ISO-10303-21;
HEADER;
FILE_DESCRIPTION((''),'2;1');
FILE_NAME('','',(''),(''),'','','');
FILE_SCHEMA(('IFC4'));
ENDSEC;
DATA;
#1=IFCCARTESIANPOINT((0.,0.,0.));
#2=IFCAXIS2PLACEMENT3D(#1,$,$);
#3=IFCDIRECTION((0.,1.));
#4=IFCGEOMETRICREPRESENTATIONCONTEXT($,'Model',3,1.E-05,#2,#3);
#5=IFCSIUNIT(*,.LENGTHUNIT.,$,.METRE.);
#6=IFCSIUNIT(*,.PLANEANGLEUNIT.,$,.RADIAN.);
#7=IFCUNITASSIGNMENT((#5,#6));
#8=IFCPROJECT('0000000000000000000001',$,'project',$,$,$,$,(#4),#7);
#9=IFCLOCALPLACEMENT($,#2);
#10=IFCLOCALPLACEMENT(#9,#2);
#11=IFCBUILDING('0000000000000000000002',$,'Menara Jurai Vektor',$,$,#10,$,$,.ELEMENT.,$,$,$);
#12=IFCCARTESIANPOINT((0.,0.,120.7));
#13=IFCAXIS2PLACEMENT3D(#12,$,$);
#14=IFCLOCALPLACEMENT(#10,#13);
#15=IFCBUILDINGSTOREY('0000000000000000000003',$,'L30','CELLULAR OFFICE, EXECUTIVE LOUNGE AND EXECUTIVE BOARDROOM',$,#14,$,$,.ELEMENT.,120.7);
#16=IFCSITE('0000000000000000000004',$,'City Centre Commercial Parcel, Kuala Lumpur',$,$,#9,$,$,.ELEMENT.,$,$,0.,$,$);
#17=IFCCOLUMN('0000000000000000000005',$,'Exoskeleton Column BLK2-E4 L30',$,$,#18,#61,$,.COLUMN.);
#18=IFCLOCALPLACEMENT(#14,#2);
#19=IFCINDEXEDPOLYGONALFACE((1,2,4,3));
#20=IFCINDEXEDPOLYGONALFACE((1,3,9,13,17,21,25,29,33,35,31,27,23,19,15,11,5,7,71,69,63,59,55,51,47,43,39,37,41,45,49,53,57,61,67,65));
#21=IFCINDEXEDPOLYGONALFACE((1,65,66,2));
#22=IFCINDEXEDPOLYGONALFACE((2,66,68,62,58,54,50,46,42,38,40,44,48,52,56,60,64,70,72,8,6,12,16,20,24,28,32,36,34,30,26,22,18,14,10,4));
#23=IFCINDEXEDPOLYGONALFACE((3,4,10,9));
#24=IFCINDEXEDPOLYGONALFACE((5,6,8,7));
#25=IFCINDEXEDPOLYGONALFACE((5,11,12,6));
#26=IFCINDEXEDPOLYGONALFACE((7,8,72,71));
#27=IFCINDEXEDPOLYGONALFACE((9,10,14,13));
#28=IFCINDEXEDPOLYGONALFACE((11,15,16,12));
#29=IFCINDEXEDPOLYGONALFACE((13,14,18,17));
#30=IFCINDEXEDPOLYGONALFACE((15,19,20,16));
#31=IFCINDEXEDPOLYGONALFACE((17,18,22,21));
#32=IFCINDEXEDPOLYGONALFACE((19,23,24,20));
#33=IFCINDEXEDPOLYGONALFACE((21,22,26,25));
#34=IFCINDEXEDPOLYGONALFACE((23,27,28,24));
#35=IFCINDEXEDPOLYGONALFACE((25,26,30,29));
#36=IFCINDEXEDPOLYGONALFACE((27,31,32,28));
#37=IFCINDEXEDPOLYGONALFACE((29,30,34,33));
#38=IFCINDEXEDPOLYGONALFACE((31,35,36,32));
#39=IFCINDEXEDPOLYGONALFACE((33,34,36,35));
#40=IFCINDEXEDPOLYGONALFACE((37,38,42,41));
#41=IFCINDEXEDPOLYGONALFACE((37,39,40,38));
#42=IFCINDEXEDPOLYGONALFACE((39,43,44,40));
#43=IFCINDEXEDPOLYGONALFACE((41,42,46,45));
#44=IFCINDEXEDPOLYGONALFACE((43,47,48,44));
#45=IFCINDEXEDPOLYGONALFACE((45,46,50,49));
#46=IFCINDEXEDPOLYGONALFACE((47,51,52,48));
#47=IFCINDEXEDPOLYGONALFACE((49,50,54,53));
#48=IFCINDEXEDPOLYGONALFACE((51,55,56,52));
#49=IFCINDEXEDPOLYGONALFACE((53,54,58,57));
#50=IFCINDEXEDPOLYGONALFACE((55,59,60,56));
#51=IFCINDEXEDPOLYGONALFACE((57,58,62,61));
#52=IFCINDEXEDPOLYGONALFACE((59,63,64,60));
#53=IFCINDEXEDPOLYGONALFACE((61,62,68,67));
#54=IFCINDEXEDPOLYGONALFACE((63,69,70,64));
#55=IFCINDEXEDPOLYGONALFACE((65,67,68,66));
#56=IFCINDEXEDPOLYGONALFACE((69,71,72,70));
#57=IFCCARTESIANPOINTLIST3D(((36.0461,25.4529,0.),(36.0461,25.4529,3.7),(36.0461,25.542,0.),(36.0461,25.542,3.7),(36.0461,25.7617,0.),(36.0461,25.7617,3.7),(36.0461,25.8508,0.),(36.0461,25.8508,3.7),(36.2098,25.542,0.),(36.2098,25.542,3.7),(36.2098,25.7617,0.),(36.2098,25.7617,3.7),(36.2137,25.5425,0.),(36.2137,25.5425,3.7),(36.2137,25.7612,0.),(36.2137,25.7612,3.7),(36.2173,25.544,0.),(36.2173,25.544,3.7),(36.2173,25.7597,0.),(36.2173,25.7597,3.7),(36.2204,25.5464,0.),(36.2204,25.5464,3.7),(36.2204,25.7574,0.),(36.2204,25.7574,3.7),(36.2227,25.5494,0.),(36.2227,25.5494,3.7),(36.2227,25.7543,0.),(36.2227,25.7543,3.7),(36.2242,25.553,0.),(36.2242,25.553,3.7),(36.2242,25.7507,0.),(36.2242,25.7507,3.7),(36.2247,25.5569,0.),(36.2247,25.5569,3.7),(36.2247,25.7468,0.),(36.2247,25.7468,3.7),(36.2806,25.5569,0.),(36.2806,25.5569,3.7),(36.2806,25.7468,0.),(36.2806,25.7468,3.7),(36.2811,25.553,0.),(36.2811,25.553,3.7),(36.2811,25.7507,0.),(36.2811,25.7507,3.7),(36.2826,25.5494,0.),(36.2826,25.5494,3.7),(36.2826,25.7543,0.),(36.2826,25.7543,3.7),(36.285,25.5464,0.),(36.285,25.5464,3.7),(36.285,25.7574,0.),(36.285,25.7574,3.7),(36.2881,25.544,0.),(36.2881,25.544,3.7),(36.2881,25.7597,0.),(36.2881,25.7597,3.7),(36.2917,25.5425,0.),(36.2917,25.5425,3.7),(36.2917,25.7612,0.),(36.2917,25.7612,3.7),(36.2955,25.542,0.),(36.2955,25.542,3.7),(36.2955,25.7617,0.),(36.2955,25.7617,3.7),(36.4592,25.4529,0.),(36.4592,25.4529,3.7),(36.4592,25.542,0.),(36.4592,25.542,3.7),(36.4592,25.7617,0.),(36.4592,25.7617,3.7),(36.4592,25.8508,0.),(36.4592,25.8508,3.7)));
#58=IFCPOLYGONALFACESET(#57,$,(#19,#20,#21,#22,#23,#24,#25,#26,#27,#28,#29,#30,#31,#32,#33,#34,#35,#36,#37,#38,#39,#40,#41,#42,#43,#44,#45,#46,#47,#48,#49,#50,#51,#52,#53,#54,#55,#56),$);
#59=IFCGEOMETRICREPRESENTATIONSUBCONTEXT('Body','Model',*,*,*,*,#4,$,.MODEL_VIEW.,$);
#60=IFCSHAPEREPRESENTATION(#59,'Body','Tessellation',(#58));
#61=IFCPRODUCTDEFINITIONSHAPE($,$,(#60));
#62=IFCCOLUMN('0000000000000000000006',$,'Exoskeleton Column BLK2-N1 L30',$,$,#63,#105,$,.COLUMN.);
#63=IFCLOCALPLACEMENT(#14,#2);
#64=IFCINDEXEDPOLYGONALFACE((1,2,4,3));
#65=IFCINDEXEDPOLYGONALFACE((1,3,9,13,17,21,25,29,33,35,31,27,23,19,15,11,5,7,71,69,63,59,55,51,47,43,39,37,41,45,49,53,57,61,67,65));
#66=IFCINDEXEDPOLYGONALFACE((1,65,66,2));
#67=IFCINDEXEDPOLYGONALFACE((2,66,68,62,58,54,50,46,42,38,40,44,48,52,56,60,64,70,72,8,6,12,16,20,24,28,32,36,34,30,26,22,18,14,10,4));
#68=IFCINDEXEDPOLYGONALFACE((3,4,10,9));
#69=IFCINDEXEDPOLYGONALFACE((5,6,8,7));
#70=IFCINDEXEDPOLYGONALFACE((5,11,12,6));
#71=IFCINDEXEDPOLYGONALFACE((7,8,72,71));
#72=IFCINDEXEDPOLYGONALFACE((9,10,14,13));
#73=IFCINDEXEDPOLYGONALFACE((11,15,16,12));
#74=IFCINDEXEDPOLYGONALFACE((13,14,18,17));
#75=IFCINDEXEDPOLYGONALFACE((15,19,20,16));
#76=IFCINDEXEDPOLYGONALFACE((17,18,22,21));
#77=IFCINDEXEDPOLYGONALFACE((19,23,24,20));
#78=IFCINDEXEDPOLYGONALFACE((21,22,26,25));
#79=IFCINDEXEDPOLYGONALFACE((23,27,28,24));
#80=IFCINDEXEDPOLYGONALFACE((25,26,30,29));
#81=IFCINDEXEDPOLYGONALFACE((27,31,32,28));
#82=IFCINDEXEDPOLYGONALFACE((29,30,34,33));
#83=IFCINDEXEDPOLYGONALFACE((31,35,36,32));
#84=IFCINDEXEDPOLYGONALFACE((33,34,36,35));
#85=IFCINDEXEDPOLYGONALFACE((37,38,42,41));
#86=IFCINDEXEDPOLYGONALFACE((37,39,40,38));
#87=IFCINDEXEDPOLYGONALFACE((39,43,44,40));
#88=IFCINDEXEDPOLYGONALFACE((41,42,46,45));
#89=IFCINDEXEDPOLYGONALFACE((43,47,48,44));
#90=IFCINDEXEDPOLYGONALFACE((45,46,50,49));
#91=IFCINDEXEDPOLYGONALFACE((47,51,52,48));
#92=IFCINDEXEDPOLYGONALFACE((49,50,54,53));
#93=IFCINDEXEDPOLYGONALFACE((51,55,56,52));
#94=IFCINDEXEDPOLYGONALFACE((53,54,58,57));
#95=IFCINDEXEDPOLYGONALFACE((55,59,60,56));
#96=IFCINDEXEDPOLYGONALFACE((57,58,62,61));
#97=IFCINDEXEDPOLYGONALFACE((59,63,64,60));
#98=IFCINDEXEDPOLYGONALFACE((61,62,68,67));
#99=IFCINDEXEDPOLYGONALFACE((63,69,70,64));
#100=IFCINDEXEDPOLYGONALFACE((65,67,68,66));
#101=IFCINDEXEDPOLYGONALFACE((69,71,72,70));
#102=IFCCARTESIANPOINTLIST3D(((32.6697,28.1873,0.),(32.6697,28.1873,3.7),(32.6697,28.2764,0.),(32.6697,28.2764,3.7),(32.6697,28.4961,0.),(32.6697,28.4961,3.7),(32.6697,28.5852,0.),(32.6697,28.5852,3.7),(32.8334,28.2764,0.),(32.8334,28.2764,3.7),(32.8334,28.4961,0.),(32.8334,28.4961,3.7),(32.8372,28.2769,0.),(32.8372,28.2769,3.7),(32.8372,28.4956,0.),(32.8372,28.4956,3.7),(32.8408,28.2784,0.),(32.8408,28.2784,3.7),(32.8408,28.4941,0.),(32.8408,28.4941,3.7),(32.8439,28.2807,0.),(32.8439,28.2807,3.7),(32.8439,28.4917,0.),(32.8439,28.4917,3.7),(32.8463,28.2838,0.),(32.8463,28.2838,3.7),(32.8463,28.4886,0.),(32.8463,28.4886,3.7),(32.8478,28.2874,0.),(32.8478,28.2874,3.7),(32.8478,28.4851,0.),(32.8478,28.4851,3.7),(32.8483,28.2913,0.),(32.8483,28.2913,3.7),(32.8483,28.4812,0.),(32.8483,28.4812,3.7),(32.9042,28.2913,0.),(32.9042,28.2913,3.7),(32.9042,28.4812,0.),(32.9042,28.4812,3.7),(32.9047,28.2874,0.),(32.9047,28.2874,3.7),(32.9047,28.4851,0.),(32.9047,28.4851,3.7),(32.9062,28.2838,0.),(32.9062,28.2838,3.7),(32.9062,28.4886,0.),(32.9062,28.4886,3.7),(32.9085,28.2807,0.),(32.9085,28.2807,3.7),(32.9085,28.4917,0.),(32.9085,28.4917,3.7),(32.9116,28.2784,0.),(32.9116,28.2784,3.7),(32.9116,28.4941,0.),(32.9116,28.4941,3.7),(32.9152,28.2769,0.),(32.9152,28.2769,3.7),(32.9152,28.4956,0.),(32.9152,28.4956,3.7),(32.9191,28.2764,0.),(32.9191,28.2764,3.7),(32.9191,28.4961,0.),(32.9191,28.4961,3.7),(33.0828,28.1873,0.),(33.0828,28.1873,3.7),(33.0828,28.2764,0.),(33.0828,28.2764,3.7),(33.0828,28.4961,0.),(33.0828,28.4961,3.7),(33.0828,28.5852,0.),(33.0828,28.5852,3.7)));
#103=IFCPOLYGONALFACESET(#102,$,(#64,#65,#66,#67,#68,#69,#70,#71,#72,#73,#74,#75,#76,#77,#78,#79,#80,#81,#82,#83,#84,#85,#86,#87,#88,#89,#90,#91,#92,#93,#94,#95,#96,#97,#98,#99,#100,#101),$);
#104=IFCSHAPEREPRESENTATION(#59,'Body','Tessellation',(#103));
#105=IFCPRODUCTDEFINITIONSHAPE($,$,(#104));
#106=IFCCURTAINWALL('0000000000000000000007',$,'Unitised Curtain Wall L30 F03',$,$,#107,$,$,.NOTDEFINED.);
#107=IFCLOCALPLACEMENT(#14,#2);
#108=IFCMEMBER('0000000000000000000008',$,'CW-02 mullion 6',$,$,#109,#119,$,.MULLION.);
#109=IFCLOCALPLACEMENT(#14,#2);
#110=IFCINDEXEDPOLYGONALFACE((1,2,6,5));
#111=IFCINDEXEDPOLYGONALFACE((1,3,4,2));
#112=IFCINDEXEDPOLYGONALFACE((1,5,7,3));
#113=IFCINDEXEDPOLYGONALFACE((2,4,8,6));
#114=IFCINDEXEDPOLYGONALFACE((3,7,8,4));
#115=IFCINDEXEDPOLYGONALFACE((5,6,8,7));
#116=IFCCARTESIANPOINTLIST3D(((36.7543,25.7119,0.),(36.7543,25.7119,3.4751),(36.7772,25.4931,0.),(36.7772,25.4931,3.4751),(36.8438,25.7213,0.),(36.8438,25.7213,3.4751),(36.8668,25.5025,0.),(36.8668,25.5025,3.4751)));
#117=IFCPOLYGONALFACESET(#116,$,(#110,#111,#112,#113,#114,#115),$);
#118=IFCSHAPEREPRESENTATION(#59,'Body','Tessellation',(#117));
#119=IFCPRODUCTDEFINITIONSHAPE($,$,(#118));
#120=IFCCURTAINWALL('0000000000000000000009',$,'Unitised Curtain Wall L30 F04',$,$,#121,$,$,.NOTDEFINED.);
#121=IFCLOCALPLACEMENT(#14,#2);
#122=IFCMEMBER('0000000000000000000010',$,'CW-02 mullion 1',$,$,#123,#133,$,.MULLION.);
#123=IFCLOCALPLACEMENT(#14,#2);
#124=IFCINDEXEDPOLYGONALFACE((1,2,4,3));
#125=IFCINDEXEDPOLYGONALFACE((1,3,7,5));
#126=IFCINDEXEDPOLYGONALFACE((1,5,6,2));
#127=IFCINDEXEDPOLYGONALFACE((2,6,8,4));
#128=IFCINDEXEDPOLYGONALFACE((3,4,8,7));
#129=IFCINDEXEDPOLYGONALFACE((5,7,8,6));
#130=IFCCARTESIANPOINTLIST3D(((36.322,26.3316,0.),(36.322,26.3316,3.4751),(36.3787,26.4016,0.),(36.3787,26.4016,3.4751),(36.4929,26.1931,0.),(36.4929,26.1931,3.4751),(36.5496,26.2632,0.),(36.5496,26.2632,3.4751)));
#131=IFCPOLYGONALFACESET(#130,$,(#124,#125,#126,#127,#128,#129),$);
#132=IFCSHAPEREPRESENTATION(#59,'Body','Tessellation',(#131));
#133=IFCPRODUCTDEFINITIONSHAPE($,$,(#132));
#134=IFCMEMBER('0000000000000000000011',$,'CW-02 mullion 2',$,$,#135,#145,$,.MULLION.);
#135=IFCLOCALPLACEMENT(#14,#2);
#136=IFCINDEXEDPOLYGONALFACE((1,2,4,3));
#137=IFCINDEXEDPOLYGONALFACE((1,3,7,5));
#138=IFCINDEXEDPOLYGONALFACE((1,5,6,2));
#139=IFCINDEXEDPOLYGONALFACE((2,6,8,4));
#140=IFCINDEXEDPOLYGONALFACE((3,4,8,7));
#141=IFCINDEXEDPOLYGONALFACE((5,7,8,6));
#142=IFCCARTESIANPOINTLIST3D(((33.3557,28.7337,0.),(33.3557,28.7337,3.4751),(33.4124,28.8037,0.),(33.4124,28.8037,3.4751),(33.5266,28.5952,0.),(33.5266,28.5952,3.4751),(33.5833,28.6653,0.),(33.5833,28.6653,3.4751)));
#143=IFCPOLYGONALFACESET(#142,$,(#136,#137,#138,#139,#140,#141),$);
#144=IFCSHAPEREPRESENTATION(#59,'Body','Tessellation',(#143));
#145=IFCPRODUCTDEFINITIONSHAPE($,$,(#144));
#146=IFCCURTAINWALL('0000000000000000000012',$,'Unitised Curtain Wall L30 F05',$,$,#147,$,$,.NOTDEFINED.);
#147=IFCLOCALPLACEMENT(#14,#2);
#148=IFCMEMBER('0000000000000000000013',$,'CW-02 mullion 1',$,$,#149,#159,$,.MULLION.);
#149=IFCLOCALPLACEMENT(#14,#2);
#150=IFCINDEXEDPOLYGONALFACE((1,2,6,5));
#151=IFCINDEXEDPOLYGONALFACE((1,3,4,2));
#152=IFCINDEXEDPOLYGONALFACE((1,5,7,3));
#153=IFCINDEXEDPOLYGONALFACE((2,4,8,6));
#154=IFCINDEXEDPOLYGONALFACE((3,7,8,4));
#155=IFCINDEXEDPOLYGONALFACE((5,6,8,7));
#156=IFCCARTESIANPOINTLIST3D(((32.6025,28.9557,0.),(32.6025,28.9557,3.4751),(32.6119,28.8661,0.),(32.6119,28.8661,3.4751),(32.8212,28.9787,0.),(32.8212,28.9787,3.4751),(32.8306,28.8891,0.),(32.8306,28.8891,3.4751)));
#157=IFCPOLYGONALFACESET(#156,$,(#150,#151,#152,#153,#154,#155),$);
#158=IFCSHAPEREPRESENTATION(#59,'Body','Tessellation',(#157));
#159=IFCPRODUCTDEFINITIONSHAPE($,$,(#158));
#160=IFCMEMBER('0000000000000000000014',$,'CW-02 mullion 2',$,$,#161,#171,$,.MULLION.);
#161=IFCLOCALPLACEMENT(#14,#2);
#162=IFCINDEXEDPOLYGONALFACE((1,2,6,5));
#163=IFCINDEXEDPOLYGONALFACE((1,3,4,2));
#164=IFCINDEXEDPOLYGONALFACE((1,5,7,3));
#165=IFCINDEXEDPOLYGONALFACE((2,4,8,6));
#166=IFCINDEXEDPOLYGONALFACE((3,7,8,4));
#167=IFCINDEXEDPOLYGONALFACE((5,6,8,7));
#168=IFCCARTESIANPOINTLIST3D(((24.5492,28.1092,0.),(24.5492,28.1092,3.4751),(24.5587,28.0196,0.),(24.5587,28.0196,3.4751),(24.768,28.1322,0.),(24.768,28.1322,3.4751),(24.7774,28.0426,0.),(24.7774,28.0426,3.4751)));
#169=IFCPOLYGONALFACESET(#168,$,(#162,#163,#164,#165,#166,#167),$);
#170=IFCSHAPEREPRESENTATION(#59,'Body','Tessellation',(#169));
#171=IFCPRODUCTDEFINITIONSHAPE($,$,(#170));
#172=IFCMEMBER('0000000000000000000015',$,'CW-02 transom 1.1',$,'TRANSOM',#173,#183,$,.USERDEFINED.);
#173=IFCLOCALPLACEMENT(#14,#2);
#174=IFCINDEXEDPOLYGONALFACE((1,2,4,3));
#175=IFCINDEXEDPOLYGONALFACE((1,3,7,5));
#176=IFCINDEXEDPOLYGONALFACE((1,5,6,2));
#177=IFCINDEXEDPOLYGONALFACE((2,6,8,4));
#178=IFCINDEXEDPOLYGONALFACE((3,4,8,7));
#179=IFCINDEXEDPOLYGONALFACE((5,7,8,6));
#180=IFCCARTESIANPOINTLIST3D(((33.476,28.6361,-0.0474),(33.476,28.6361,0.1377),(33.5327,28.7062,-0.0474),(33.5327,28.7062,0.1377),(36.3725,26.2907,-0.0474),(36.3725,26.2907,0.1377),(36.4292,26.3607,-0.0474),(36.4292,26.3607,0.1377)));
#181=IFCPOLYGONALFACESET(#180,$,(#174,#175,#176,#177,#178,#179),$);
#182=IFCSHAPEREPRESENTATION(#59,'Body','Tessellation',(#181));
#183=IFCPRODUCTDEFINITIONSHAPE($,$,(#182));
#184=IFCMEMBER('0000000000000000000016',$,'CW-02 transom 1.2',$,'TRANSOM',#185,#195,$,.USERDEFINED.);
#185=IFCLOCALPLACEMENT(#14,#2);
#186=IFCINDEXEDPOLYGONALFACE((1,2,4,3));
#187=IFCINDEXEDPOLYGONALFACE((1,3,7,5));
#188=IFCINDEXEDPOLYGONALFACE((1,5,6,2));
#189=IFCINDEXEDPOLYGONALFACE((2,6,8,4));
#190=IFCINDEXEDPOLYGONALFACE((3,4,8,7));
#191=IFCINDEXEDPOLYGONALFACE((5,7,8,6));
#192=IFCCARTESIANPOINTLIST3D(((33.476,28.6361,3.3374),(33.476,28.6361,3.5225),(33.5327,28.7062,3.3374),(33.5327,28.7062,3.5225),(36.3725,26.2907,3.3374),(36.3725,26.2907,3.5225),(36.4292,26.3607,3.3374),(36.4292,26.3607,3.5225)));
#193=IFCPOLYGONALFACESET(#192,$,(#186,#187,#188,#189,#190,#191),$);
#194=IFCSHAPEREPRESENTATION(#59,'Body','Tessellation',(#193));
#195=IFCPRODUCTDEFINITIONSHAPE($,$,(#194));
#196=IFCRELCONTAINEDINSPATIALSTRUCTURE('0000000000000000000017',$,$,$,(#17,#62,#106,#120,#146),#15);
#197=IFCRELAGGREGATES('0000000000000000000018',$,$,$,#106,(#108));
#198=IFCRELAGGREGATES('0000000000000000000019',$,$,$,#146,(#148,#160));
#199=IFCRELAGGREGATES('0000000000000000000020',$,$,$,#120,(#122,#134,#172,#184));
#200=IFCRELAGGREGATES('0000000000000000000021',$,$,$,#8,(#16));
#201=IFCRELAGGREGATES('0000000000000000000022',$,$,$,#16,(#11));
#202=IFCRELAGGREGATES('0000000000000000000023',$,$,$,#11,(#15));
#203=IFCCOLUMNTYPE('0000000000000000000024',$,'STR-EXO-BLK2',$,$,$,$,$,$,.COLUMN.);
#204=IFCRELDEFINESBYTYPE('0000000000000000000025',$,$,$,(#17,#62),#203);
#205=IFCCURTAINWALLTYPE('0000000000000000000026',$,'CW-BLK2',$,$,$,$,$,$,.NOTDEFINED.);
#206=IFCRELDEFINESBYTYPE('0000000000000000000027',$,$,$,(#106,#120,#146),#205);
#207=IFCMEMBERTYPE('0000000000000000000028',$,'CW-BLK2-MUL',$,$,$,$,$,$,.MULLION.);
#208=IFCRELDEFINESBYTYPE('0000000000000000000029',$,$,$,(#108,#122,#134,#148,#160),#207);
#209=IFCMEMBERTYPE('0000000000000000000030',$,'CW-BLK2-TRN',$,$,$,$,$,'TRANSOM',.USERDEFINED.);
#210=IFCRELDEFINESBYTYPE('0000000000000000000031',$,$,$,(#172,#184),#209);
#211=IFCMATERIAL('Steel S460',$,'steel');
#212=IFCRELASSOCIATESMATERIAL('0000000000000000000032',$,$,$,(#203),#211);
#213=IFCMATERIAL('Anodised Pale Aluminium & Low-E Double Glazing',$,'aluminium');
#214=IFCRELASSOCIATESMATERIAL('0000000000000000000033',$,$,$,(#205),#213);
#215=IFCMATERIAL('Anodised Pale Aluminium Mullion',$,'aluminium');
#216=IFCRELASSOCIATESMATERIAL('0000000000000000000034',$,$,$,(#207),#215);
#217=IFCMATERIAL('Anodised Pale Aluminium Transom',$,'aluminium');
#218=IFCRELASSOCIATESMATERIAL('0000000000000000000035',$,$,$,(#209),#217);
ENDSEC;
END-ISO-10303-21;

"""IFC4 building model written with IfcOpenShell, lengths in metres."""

from ifc_helpers import new_model, si_unit, direction, frame, origin, origin_2d, place, context, subcontext, project, spatial, rectangle, i_section, extrude, material, material_profile, profile_set, type_object, element, aggregate, save


model = new_model("IFC4")

# Units and contexts
model_context = context("Model", 3, precision=1e-05, world=origin(), true_north=direction((0.0, 1.0)))
body_context = subcontext(model_context, "Body", "Model", "MODEL_VIEW")
ifc_project = project(units=[si_unit("LENGTHUNIT", "METRE"), si_unit("PLANEANGLEUNIT", "RADIAN")], contexts=[model_context])

# Site, building, storey
site_placement = place(None, origin())
site = spatial("IfcSite", under=ifc_project, at=site_placement, Name="City Centre Commercial Parcel, Kuala Lumpur", CompositionType="ELEMENT", RefElevation=0.0)
building_placement = place(site_placement, origin())
building = spatial("IfcBuilding", under=site, at=building_placement, Name="Menara Jurai Vektor", CompositionType="ELEMENT")
storey_placement = place(building_placement, frame((0.0, 0.0, 120.7)))
storey = spatial("IfcBuildingStorey", under=building, at=storey_placement, Name="L30", Description="CELLULAR OFFICE, EXECUTIVE LOUNGE AND EXECUTIVE BOARDROOM", CompositionType="ELEMENT", Elevation=120.7)

# Columns
ifc_material_1 = material(Name="Steel S460", Category="steel")
ifc_material_profile_1 = material_profile(ifc_material_1, i_section(OverallWidth=0.4131, OverallDepth=0.3979, WebThickness=0.0559, FlangeThickness=0.0891, FilletRadius=0.0149, at=origin_2d()), Name="HD 400x744")
ifc_profile_set_1 = profile_set([ifc_material_profile_1], Name="Steel S460")
column_type = type_object("IfcColumnType", Name="STR-EXO-BLK2", PredefinedType="COLUMN", material=ifc_profile_set_1)
for number, where, z_axis, x_axis, name in (
    (1, (36.2527, 25.6519, 0.0), (0.0, 0.0, 1.0), (1.0, 0.0, 0.0), "Exoskeleton Column BLK2-E4 L30"),
    (2, (32.8762, 28.3862, 0.0), (0.0, 0.0, 1.0), (1.0, 0.0, 0.0), "Exoskeleton Column BLK2-N1 L30"),
):
    element("IfcColumn", number, at=place(storey_placement, frame(where, z_axis=z_axis, x_axis=x_axis)), inside=storey, type_object=column_type, Name=name, PredefinedType="COLUMN", context=body_context, shape_type="SweptSolid", body=[
        extrude(i_section(OverallWidth=0.4131, OverallDepth=0.3979, WebThickness=0.0559, FlangeThickness=0.0891, FilletRadius=0.0149, at=origin_2d()), origin(), (0.0, 0.0, 1.0), 3.7),
    ])

# Curtain wall, member
ifc_material_2 = material(Name="Anodised Pale Aluminium & Low-E Double Glazing", Category="aluminium")
curtain_wall_type = type_object("IfcCurtainWallType", Name="CW-BLK2", PredefinedType="NOTDEFINED", material=ifc_material_2)
curtain_wall_1_placement = place(storey_placement, origin())
curtain_wall_1 = element("IfcCurtainWall", 3, at=curtain_wall_1_placement, inside=storey, type_object=curtain_wall_type, Name="Unitised Curtain Wall L30 F03", PredefinedType="NOTDEFINED")
ifc_material_3 = material(Name="Anodised Pale Aluminium Mullion", Category="aluminium")
ifc_material_profile_2 = material_profile(ifc_material_3, rectangle(XDim=0.0901, YDim=0.22, at=origin_2d()), Name="ALU MUL 90x220")
ifc_profile_set_2 = profile_set([ifc_material_profile_2], Name="Anodised Pale Aluminium Mullion")
member_type_1 = type_object("IfcMemberType", Name="CW-BLK2-MUL", PredefinedType="MULLION", material=ifc_profile_set_2)
member_1_placement = place(storey_placement, frame((36.8105, 25.6072, 0.0), z_axis=(0.0, 0.0, 1.0), x_axis=(-0.994522, -0.10453, 0.0)))
member_1 = element("IfcMember", 4, at=member_1_placement, type_object=member_type_1, Name="CW-02 mullion 6", PredefinedType="MULLION", context=body_context, shape_type="SweptSolid", body=[
    extrude(rectangle(XDim=0.0901, YDim=0.22, at=origin_2d()), origin(), (0.0, 0.0, 1.0), 3.4751),
])

# Curtain walls, members
curtain_wall_2_placement = place(storey_placement, origin())
curtain_wall_2 = element("IfcCurtainWall", 5, at=curtain_wall_2_placement, inside=storey, type_object=curtain_wall_type, Name="Unitised Curtain Wall L30 F04", PredefinedType="NOTDEFINED")
member_2_placement = place(storey_placement, frame((36.4358, 26.2974, 0.0), z_axis=(0.0, 0.0, 1.0), x_axis=(-0.629313, -0.777152, 0.0)))
member_2 = element("IfcMember", 6, at=member_2_placement, type_object=member_type_1, Name="CW-02 mullion 1", PredefinedType="MULLION", context=body_context, shape_type="SweptSolid", body=[
    extrude(rectangle(XDim=0.0901, YDim=0.22, at=origin_2d()), origin(), (0.0, 0.0, 1.0), 3.4751),
])
member_3_placement = place(storey_placement, frame((33.4695, 28.6995, 0.0), z_axis=(0.0, 0.0, 1.0), x_axis=(-0.629313, -0.777152, 0.0)))
member_3 = element("IfcMember", 7, at=member_3_placement, type_object=member_type_1, Name="CW-02 mullion 2", PredefinedType="MULLION", context=body_context, shape_type="SweptSolid", body=[
    extrude(rectangle(XDim=0.0901, YDim=0.22, at=origin_2d()), origin(), (0.0, 0.0, 1.0), 3.4751),
])
curtain_wall_3_placement = place(storey_placement, origin())
curtain_wall_3 = element("IfcCurtainWall", 8, at=curtain_wall_3_placement, inside=storey, type_object=curtain_wall_type, Name="Unitised Curtain Wall L30 F05", PredefinedType="NOTDEFINED")
member_4_placement = place(storey_placement, frame((32.7166, 28.9224, 0.0), z_axis=(0.0, 0.0, 1.0), x_axis=(0.104529, -0.994522, 0.0)))
member_4 = element("IfcMember", 9, at=member_4_placement, type_object=member_type_1, Name="CW-02 mullion 1", PredefinedType="MULLION", context=body_context, shape_type="SweptSolid", body=[
    extrude(rectangle(XDim=0.0901, YDim=0.22, at=origin_2d()), origin(), (0.0, 0.0, 1.0), 3.4751),
])
member_5_placement = place(storey_placement, frame((24.6633, 28.0759, 0.0), z_axis=(0.0, 0.0, 1.0), x_axis=(0.104529, -0.994522, 0.0)))
member_5 = element("IfcMember", 10, at=member_5_placement, type_object=member_type_1, Name="CW-02 mullion 2", PredefinedType="MULLION", context=body_context, shape_type="SweptSolid", body=[
    extrude(rectangle(XDim=0.0901, YDim=0.22, at=origin_2d()), origin(), (0.0, 0.0, 1.0), 3.4751),
])

# Members
ifc_material_4 = material(Name="Anodised Pale Aluminium Transom", Category="aluminium")
ifc_material_profile_3 = material_profile(ifc_material_4, rectangle(XDim=0.0901, YDim=0.1851, at=origin_2d()), Name="ALU TRN 90x185")
ifc_profile_set_3 = profile_set([ifc_material_profile_3], Name="Anodised Pale Aluminium Transom")
member_type_2 = type_object("IfcMemberType", Name="CW-BLK2-TRN", ElementType="TRANSOM", PredefinedType="USERDEFINED", material=ifc_profile_set_3)
member_6_placement = place(storey_placement, frame((36.4009, 26.3257, 0.0452), z_axis=(-0.777155, 0.629309, 0.0), x_axis=(-0.629309, -0.777155, 0.0)))
member_6 = element("IfcMember", 11, at=member_6_placement, type_object=member_type_2, Name="CW-02 transom 1.1", ObjectType="TRANSOM", PredefinedType="USERDEFINED", context=body_context, shape_type="SweptSolid", body=[
    extrude(rectangle(XDim=0.0901, YDim=0.1851, at=origin_2d()), origin(), (0.0, 0.0, 1.0), 3.7271),
])
member_7_placement = place(storey_placement, frame((36.4009, 26.3257, 3.4299), z_axis=(-0.777155, 0.629309, 0.0), x_axis=(-0.629309, -0.777155, 0.0)))
member_7 = element("IfcMember", 12, at=member_7_placement, type_object=member_type_2, Name="CW-02 transom 1.2", ObjectType="TRANSOM", PredefinedType="USERDEFINED", context=body_context, shape_type="SweptSolid", body=[
    extrude(rectangle(XDim=0.0901, YDim=0.1851, at=origin_2d()), origin(), (0.0, 0.0, 1.0), 3.7271),
])

aggregate(curtain_wall_1, [member_1])
aggregate(curtain_wall_3, [member_4, member_5])
aggregate(curtain_wall_2, [member_2, member_3, member_6, member_7])

save(model, "model.ifc")
